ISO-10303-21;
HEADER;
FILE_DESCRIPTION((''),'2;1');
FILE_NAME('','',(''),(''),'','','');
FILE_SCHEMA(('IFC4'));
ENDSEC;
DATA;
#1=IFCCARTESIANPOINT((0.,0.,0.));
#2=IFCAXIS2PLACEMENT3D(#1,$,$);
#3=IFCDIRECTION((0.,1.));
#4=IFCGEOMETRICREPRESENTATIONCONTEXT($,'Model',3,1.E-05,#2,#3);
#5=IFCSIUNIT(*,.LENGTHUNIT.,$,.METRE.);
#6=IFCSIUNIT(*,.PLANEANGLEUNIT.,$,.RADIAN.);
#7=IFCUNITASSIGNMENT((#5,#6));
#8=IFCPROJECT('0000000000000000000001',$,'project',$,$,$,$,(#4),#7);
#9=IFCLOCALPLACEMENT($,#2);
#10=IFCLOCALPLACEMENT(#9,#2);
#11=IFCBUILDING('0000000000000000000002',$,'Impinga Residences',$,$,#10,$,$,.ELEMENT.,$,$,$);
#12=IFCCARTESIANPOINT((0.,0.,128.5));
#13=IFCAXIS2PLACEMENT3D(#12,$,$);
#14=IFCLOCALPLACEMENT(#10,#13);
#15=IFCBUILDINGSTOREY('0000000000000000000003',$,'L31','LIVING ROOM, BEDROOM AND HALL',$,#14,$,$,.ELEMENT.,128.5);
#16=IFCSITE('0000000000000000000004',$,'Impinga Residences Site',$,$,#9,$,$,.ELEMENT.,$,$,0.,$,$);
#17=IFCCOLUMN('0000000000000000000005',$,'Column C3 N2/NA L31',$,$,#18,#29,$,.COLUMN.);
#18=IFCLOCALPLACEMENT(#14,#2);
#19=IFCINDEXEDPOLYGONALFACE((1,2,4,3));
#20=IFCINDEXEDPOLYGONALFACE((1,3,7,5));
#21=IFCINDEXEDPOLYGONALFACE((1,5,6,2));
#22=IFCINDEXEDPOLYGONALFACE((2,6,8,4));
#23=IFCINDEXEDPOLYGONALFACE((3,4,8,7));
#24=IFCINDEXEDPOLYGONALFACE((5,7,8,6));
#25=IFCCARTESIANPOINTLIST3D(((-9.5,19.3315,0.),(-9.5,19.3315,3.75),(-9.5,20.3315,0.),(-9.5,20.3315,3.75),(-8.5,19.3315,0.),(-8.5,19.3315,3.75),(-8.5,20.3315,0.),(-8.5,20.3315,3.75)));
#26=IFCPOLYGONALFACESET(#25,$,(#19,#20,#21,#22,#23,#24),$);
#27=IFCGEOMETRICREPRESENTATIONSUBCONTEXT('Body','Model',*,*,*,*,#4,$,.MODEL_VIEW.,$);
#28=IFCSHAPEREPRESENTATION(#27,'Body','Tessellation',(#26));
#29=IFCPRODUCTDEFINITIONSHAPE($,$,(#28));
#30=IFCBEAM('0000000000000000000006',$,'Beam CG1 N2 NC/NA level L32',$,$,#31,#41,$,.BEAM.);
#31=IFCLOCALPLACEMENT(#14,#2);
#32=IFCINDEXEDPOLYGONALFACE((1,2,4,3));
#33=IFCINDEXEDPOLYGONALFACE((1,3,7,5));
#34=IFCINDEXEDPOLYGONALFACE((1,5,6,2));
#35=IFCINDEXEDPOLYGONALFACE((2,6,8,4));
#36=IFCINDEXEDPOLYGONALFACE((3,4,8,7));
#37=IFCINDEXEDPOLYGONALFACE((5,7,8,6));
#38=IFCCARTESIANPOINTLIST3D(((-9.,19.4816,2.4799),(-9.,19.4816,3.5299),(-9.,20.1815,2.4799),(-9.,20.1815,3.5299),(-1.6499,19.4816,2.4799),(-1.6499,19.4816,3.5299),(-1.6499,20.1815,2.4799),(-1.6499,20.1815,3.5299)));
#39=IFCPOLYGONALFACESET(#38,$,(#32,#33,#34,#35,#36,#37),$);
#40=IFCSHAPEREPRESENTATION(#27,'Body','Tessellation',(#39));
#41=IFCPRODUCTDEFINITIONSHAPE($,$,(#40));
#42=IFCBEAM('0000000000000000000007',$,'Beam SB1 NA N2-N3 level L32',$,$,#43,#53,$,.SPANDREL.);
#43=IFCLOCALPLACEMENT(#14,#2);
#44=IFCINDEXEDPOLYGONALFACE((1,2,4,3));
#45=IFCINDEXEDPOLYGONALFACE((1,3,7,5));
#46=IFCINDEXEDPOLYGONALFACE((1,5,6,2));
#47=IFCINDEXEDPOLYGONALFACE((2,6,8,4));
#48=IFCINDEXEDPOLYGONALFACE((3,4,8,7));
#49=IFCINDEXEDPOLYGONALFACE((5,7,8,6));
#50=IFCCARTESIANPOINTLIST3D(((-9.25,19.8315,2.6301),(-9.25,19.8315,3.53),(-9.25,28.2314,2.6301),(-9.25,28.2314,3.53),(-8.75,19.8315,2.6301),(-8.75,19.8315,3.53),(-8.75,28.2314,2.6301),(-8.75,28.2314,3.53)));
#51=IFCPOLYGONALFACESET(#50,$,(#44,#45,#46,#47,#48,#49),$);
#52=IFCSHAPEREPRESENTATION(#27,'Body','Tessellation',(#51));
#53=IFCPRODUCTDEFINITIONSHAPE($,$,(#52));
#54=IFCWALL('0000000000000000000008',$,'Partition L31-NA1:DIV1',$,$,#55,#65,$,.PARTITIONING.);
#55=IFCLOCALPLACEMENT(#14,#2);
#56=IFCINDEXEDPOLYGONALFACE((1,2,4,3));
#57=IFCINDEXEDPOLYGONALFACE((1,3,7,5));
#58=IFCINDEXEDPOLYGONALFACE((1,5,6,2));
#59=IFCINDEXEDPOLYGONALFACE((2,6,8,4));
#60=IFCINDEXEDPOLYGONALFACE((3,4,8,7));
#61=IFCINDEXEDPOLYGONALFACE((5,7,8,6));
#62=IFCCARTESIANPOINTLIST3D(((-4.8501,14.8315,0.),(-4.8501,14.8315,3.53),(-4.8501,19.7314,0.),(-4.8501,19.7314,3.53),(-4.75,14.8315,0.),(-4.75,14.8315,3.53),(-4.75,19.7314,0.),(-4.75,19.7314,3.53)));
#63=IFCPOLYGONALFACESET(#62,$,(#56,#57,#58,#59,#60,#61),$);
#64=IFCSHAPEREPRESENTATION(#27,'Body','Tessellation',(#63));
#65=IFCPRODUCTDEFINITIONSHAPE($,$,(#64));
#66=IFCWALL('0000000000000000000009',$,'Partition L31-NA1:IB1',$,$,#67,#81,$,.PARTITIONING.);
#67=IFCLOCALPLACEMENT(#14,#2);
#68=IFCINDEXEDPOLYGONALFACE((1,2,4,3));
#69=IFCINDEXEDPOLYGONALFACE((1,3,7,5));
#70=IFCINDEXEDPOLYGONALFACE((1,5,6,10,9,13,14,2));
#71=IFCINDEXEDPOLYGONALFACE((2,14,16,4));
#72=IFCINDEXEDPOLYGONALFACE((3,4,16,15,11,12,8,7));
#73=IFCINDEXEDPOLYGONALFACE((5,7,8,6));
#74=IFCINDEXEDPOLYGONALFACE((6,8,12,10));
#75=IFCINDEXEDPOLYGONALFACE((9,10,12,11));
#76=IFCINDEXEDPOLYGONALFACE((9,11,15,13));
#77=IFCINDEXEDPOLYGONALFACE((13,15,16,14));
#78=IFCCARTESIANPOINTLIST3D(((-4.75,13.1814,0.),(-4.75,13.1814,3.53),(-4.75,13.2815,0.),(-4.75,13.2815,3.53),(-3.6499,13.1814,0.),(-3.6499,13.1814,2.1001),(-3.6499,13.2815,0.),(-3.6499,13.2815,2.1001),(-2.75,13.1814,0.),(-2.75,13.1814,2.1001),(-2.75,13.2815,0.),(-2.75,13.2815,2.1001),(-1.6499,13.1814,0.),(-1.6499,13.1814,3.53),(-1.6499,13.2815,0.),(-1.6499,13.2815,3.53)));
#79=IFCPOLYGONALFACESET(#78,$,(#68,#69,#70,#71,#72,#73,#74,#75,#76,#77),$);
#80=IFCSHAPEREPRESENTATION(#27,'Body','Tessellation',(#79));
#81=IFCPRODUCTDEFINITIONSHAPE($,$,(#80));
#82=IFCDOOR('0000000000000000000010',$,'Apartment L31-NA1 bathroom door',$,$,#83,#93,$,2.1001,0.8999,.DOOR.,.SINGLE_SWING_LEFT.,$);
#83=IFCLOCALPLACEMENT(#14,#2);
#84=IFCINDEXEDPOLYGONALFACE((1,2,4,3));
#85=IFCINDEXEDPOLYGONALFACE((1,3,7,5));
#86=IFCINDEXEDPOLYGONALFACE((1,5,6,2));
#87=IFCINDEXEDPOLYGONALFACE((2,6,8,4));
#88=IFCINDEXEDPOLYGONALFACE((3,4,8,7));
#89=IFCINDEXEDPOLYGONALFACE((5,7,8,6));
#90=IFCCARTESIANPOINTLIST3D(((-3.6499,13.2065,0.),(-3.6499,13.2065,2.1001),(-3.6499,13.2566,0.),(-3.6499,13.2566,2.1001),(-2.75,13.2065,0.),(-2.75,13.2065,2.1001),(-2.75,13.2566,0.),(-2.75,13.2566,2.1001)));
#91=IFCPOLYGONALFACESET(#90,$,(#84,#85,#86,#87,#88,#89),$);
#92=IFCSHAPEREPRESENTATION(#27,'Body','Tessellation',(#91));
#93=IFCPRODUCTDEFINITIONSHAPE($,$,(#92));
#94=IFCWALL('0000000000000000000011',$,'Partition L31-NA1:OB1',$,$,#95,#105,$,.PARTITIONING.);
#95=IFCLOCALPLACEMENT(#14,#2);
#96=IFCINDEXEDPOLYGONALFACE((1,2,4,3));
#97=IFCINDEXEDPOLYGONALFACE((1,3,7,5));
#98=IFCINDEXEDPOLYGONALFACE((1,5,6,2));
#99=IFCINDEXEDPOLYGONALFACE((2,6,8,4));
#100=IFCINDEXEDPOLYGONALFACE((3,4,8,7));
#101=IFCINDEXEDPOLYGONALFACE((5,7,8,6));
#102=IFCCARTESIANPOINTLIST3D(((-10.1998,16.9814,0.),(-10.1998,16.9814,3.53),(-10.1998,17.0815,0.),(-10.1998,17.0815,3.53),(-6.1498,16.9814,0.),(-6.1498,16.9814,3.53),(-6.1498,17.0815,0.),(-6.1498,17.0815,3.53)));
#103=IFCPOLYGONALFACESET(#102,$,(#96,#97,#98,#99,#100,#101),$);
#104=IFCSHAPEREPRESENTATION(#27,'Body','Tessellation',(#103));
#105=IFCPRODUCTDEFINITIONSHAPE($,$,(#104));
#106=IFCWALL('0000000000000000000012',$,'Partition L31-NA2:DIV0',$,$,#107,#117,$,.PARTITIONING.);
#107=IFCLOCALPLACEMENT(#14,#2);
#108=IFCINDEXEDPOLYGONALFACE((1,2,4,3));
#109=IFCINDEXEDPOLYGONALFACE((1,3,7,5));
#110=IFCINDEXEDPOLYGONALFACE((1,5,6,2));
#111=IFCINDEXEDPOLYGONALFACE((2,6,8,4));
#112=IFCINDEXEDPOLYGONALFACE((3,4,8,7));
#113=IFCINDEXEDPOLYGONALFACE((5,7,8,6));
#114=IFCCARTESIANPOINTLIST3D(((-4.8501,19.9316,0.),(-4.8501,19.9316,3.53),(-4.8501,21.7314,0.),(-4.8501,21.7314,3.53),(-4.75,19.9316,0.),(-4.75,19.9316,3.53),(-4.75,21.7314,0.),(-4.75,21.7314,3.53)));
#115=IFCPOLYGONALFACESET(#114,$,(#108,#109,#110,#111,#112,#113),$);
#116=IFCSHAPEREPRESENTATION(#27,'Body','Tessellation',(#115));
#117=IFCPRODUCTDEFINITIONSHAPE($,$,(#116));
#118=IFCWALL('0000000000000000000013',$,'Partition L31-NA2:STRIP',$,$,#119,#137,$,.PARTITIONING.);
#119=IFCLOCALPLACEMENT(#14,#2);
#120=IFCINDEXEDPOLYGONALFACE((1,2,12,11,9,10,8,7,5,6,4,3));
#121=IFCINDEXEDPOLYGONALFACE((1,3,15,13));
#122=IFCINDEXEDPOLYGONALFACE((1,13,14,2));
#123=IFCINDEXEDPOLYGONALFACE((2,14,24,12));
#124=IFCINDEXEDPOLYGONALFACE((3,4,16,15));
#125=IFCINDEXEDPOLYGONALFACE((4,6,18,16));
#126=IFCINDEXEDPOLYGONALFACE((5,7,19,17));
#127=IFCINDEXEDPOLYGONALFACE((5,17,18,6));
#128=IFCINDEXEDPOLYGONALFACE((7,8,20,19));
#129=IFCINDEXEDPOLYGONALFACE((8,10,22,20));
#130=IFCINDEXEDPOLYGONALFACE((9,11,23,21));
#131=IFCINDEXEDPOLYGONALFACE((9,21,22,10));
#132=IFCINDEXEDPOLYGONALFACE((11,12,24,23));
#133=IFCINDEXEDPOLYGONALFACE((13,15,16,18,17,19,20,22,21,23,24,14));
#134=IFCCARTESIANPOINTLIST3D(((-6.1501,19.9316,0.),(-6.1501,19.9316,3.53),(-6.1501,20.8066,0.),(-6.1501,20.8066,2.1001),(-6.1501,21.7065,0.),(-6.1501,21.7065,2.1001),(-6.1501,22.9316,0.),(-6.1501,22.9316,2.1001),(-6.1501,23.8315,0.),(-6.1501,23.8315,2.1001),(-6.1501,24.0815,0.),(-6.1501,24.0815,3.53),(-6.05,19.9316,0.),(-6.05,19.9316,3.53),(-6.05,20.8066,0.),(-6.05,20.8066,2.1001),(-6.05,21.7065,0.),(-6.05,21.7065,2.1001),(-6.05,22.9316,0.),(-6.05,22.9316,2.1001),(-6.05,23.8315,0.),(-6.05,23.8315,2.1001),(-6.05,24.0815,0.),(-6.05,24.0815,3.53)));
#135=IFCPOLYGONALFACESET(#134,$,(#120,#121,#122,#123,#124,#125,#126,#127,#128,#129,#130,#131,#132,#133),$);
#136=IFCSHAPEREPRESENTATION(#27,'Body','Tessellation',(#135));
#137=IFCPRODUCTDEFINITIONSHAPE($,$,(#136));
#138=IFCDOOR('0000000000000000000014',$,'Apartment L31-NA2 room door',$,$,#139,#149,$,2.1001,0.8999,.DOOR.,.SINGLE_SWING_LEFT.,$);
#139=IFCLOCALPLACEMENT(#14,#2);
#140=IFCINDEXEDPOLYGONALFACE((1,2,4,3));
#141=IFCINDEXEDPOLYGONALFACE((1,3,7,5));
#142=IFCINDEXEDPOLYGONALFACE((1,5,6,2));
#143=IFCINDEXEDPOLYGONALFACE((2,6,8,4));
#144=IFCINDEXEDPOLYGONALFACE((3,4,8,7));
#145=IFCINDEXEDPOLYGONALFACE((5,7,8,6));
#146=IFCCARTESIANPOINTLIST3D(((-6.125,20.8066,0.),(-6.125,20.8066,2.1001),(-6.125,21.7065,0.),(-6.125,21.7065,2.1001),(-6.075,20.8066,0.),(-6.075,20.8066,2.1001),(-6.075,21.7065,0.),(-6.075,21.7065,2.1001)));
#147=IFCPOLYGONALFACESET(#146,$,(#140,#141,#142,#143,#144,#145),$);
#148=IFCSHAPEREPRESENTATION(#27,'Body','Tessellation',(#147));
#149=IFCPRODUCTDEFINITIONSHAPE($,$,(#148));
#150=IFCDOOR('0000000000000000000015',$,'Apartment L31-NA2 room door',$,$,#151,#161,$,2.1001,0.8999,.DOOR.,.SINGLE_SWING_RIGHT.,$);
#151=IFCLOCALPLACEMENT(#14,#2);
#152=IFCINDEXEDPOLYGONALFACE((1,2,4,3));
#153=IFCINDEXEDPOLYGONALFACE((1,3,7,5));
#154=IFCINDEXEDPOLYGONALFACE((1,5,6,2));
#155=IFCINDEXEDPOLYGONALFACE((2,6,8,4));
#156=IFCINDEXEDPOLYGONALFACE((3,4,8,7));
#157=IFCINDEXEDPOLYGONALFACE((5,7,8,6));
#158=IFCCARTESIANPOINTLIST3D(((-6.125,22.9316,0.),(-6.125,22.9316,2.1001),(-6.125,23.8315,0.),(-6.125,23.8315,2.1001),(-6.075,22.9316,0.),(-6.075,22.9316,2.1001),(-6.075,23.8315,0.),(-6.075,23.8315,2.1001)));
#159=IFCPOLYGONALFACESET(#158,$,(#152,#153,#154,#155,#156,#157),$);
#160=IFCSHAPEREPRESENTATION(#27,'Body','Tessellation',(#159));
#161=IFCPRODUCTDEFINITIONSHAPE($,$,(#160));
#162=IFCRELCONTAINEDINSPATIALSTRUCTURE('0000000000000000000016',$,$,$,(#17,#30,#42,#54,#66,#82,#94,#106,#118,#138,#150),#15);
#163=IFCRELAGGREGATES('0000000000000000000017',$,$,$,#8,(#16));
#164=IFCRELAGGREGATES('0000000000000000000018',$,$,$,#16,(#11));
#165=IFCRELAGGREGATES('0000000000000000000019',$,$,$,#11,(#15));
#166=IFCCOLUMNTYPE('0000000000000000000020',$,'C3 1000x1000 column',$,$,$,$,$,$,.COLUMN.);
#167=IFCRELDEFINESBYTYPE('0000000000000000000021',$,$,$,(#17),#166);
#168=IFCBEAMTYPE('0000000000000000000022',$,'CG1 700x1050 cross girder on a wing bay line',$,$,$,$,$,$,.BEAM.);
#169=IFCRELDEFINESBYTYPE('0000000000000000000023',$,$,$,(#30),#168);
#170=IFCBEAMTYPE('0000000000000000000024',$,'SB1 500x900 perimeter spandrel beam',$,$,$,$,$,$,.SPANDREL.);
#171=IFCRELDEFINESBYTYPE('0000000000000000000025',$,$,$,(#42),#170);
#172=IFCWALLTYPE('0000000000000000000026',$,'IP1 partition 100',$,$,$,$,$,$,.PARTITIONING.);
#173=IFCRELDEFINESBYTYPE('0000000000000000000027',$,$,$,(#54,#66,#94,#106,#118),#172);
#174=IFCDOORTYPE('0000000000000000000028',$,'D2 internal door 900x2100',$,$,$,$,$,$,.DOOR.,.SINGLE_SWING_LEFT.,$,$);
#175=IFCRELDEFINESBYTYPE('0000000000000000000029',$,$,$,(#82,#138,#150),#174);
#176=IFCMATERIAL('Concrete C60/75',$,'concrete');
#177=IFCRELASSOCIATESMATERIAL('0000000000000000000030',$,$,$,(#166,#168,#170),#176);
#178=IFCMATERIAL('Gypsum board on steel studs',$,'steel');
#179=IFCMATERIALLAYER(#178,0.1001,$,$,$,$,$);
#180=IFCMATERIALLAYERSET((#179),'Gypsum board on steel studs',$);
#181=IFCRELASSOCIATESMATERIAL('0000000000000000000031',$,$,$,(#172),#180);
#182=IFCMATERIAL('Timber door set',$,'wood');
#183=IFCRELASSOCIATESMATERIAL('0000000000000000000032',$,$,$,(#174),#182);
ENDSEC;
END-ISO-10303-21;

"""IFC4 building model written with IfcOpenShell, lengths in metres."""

from ifc_helpers import new_model, si_unit, direction, frame, frame_2d, origin, origin_2d, place, context, subcontext, project, spatial, rectangle, extrude, material, layer, layer_set, material_profile, profile_set, type_object, element, fill, save


model = new_model("IFC4")

# Units and contexts
model_context = context("Model", 3, precision=1e-05, world=origin(), true_north=direction((0.0, 1.0)))
body_context = subcontext(model_context, "Body", "Model", "MODEL_VIEW")
ifc_project = project(units=[si_unit("LENGTHUNIT", "METRE"), si_unit("PLANEANGLEUNIT", "RADIAN")], contexts=[model_context])

# Site, building, storey
site_placement = place(None, origin())
site = spatial("IfcSite", under=ifc_project, at=site_placement, Name="Impinga Residences Site", CompositionType="ELEMENT", RefElevation=0.0)
building_placement = place(site_placement, origin())
building = spatial("IfcBuilding", under=site, at=building_placement, Name="Impinga Residences", CompositionType="ELEMENT")
storey_placement = place(building_placement, frame((0.0, 0.0, 128.5)))
storey = spatial("IfcBuildingStorey", under=building, at=storey_placement, Name="L31", Description="LIVING ROOM, BEDROOM AND HALL", CompositionType="ELEMENT", Elevation=128.5)

# Column
ifc_material_1 = material(Name="Concrete C60/75", Category="concrete")
ifc_material_profile_1 = material_profile(ifc_material_1, rectangle(XDim=1.0, YDim=1.0, at=origin_2d()), Name="RC 1000x1000")
ifc_profile_set_1 = profile_set([ifc_material_profile_1], Name="Concrete C60/75")
column_type = type_object("IfcColumnType", Name="C3 1000x1000 column", PredefinedType="COLUMN", material=ifc_profile_set_1)
column_placement = place(storey_placement, frame((-9.0, 19.8315, 0.0), z_axis=(0.0, 0.0, 1.0), x_axis=(1.0, 0.0, 0.0)))
element("IfcColumn", 1, at=column_placement, inside=storey, type_object=column_type, Name="Column C3 N2/NA L31", PredefinedType="COLUMN", context=body_context, shape_type="SweptSolid", body=[
    extrude(rectangle(XDim=1.0, YDim=1.0, at=origin_2d()), origin(), (0.0, 0.0, 1.0), 3.75),
])

# Beams
ifc_material_profile_2 = material_profile(ifc_material_1, rectangle(XDim=0.7, YDim=1.05, at=origin_2d()), Name="RC 700x1050")
ifc_profile_set_2 = profile_set([ifc_material_profile_2], Name="Concrete C60/75")
beam_type_1 = type_object("IfcBeamType", Name="CG1 700x1050 cross girder on a wing bay line", PredefinedType="BEAM", material=ifc_profile_set_2)
beam_1_placement = place(storey_placement, frame((-1.6499, 19.8315, 3.0049), z_axis=(-1.0, 0.0, 0.0), x_axis=(0.0, -1.0, 0.0)))
element("IfcBeam", 2, at=beam_1_placement, inside=storey, type_object=beam_type_1, Name="Beam CG1 N2 NC/NA level L32", PredefinedType="BEAM", context=body_context, shape_type="SweptSolid", body=[
    extrude(rectangle(XDim=0.7, YDim=1.05, at=origin_2d()), origin(), (0.0, 0.0, 1.0), 7.3501),
])
ifc_material_profile_3 = material_profile(ifc_material_1, rectangle(XDim=0.5, YDim=0.8999, at=origin_2d()), Name="RC 500x900")
ifc_profile_set_3 = profile_set([ifc_material_profile_3], Name="Concrete C60/75")
beam_type_2 = type_object("IfcBeamType", Name="SB1 500x900 perimeter spandrel beam", PredefinedType="SPANDREL", material=ifc_profile_set_3)
beam_2_placement = place(storey_placement, frame((-9.0, 19.8315, 3.0801), z_axis=(0.0, 1.0, 0.0), x_axis=(-1.0, 0.0, 0.0)))
element("IfcBeam", 3, at=beam_2_placement, inside=storey, type_object=beam_type_2, Name="Beam SB1 NA N2-N3 level L32", PredefinedType="SPANDREL", context=body_context, shape_type="SweptSolid", body=[
    extrude(rectangle(XDim=0.5, YDim=0.8999, at=origin_2d()), origin(), (0.0, 0.0, 1.0), 8.3999),
])

# Wall
ifc_material_2 = material(Name="Gypsum board on steel studs", Category="steel")
ifc_layer_1 = layer(ifc_material_2, 0.1001)
ifc_layer_set_1 = layer_set([ifc_layer_1], Name="Gypsum board on steel studs")
wall_type_1 = type_object("IfcWallType", Name="IP1 partition 100", PredefinedType="PARTITIONING", material=ifc_layer_set_1)
wall_1_placement = place(storey_placement, frame((-4.8, 14.8315, 0.0), z_axis=(0.0, 0.0, 1.0), x_axis=(0.0, 1.0, 0.0)))
element("IfcWall", 4, at=wall_1_placement, inside=storey, type_object=wall_type_1, Name="Partition L31-NA1:DIV1", PredefinedType="PARTITIONING", context=body_context, shape_type="SweptSolid", body=[
    extrude(rectangle(XDim=4.8999, YDim=0.1001, at=frame_2d((2.45, 0.0))), origin(), (0.0, 0.0, 1.0), 3.53),
])

# Wall, opening, door
wall_2_placement = place(storey_placement, frame((-1.6499, 13.2314, 0.0), z_axis=(0.0, 0.0, 1.0), x_axis=(-1.0, 0.0, 0.0)))
wall_2 = element("IfcWall", 5, at=wall_2_placement, inside=storey, type_object=wall_type_1, Name="Partition L31-NA1:IB1", PredefinedType="PARTITIONING", context=body_context, shape_type="SweptSolid", body=[
    extrude(rectangle(XDim=3.1001, YDim=0.1001, at=frame_2d((1.55, 0.0))), origin(), (0.0, 0.0, 1.0), 3.53),
])
opening_1_placement = place(wall_2_placement, frame((1.1001, 0.0, 0.0)))
opening_1 = element("IfcOpeningElement", 6, at=opening_1_placement, cuts=wall_2, PredefinedType="OPENING", context=body_context, shape_type="SweptSolid", body=[
    extrude(rectangle(XDim=0.8999, YDim=2.1001, at=frame_2d((0.45, 1.05))), frame((0.0, 0.0601, 0.0), z_axis=(0.0, -1.0, 0.0), x_axis=(1.0, 0.0, 0.0)), (0.0, 0.0, 1.0), 0.1201),
])
ifc_material_3 = material(Name="Timber door set", Category="wood")
door_type = type_object("IfcDoorType", Name="D2 internal door 900x2100", OperationType="SINGLE_SWING_LEFT", PredefinedType="DOOR", material=ifc_material_3)
door_1_placement = place(opening_1_placement, origin())
door_1 = element("IfcDoor", 7, at=door_1_placement, inside=storey, type_object=door_type, Name="Apartment L31-NA1 bathroom door", OperationType="SINGLE_SWING_LEFT", OverallHeight=2.1001, OverallWidth=0.8999, PredefinedType="DOOR", context=body_context, shape_type="SweptSolid", body=[
    extrude(rectangle(XDim=0.8999, YDim=2.1001, at=frame_2d((0.45, 1.05))), frame((0.0, 0.0249, 0.0), z_axis=(0.0, -1.0, 0.0), x_axis=(1.0, 0.0, 0.0)), (0.0, 0.0, 1.0), 0.05),
])
fill(opening_1, door_1)

# Walls
wall_3_placement = place(storey_placement, frame((-6.1499, 17.0315, 0.0), z_axis=(0.0, 0.0, 1.0), x_axis=(-1.0, 0.0, 0.0)))
element("IfcWall", 8, at=wall_3_placement, inside=storey, type_object=wall_type_1, Name="Partition L31-NA1:OB1", PredefinedType="PARTITIONING", context=body_context, shape_type="SweptSolid", body=[
    extrude(rectangle(XDim=4.05, YDim=0.1001, at=frame_2d((2.0249, 0.0))), origin(), (0.0, 0.0, 1.0), 3.53),
])
wall_4_placement = place(storey_placement, frame((-4.8, 19.9316, 0.0), z_axis=(0.0, 0.0, 1.0), x_axis=(0.0, 1.0, 0.0)))
element("IfcWall", 9, at=wall_4_placement, inside=storey, type_object=wall_type_1, Name="Partition L31-NA2:DIV0", PredefinedType="PARTITIONING", context=body_context, shape_type="SweptSolid", body=[
    extrude(rectangle(XDim=1.7998, YDim=0.1001, at=frame_2d((0.8999, 0.0))), origin(), (0.0, 0.0, 1.0), 3.53),
])

# Wall, openings, doors
wall_5_placement = place(storey_placement, frame((-6.1001, 19.9316, 0.0), z_axis=(0.0, 0.0, 1.0), x_axis=(0.0, 1.0, 0.0)))
wall_5 = element("IfcWall", 10, at=wall_5_placement, inside=storey, type_object=wall_type_1, Name="Partition L31-NA2:STRIP", PredefinedType="PARTITIONING", context=body_context, shape_type="SweptSolid", body=[
    extrude(rectangle(XDim=4.1499, YDim=0.1001, at=frame_2d((2.075, 0.0))), origin(), (0.0, 0.0, 1.0), 3.53),
])
opening_2_placement = place(wall_5_placement, frame((0.875, 0.0, 0.0)))
opening_2 = element("IfcOpeningElement", 11, at=opening_2_placement, cuts=wall_5, PredefinedType="OPENING", context=body_context, shape_type="SweptSolid", body=[
    extrude(rectangle(XDim=0.8999, YDim=2.1001, at=frame_2d((0.45, 1.05))), frame((0.0, 0.0601, 0.0), z_axis=(0.0, -1.0, 0.0), x_axis=(1.0, 0.0, 0.0)), (0.0, 0.0, 1.0), 0.1201),
])
opening_3_placement = place(wall_5_placement, frame((3.0, 0.0, 0.0)))
opening_3 = element("IfcOpeningElement", 12, at=opening_3_placement, cuts=wall_5, PredefinedType="OPENING", context=body_context, shape_type="SweptSolid", body=[
    extrude(rectangle(XDim=0.8999, YDim=2.1001, at=frame_2d((0.45, 1.05))), frame((0.0, 0.0601, 0.0), z_axis=(0.0, -1.0, 0.0), x_axis=(1.0, 0.0, 0.0)), (0.0, 0.0, 1.0), 0.1201),
])
door_2_placement = place(opening_2_placement, origin())
door_2 = element("IfcDoor", 13, at=door_2_placement, inside=storey, type_object=door_type, Name="Apartment L31-NA2 room door", OperationType="SINGLE_SWING_LEFT", OverallHeight=2.1001, OverallWidth=0.8999, PredefinedType="DOOR", context=body_context, shape_type="SweptSolid", body=[
    extrude(rectangle(XDim=0.8999, YDim=2.1001, at=frame_2d((0.45, 1.05))), frame((0.0, 0.0249, 0.0), z_axis=(0.0, -1.0, 0.0), x_axis=(1.0, 0.0, 0.0)), (0.0, 0.0, 1.0), 0.05),
])
fill(opening_2, door_2)
door_3_placement = place(opening_3_placement, origin())
door_3 = element("IfcDoor", 14, at=door_3_placement, inside=storey, type_object=door_type, Name="Apartment L31-NA2 room door", OperationType="SINGLE_SWING_RIGHT", OverallHeight=2.1001, OverallWidth=0.8999, PredefinedType="DOOR", context=body_context, shape_type="SweptSolid", body=[
    extrude(rectangle(XDim=0.8999, YDim=2.1001, at=frame_2d((0.45, 1.05))), frame((0.0, 0.0249, 0.0), z_axis=(0.0, -1.0, 0.0), x_axis=(1.0, 0.0, 0.0)), (0.0, 0.0, 1.0), 0.05),
])
fill(opening_3, door_3)

save(model, "model.ifc")
